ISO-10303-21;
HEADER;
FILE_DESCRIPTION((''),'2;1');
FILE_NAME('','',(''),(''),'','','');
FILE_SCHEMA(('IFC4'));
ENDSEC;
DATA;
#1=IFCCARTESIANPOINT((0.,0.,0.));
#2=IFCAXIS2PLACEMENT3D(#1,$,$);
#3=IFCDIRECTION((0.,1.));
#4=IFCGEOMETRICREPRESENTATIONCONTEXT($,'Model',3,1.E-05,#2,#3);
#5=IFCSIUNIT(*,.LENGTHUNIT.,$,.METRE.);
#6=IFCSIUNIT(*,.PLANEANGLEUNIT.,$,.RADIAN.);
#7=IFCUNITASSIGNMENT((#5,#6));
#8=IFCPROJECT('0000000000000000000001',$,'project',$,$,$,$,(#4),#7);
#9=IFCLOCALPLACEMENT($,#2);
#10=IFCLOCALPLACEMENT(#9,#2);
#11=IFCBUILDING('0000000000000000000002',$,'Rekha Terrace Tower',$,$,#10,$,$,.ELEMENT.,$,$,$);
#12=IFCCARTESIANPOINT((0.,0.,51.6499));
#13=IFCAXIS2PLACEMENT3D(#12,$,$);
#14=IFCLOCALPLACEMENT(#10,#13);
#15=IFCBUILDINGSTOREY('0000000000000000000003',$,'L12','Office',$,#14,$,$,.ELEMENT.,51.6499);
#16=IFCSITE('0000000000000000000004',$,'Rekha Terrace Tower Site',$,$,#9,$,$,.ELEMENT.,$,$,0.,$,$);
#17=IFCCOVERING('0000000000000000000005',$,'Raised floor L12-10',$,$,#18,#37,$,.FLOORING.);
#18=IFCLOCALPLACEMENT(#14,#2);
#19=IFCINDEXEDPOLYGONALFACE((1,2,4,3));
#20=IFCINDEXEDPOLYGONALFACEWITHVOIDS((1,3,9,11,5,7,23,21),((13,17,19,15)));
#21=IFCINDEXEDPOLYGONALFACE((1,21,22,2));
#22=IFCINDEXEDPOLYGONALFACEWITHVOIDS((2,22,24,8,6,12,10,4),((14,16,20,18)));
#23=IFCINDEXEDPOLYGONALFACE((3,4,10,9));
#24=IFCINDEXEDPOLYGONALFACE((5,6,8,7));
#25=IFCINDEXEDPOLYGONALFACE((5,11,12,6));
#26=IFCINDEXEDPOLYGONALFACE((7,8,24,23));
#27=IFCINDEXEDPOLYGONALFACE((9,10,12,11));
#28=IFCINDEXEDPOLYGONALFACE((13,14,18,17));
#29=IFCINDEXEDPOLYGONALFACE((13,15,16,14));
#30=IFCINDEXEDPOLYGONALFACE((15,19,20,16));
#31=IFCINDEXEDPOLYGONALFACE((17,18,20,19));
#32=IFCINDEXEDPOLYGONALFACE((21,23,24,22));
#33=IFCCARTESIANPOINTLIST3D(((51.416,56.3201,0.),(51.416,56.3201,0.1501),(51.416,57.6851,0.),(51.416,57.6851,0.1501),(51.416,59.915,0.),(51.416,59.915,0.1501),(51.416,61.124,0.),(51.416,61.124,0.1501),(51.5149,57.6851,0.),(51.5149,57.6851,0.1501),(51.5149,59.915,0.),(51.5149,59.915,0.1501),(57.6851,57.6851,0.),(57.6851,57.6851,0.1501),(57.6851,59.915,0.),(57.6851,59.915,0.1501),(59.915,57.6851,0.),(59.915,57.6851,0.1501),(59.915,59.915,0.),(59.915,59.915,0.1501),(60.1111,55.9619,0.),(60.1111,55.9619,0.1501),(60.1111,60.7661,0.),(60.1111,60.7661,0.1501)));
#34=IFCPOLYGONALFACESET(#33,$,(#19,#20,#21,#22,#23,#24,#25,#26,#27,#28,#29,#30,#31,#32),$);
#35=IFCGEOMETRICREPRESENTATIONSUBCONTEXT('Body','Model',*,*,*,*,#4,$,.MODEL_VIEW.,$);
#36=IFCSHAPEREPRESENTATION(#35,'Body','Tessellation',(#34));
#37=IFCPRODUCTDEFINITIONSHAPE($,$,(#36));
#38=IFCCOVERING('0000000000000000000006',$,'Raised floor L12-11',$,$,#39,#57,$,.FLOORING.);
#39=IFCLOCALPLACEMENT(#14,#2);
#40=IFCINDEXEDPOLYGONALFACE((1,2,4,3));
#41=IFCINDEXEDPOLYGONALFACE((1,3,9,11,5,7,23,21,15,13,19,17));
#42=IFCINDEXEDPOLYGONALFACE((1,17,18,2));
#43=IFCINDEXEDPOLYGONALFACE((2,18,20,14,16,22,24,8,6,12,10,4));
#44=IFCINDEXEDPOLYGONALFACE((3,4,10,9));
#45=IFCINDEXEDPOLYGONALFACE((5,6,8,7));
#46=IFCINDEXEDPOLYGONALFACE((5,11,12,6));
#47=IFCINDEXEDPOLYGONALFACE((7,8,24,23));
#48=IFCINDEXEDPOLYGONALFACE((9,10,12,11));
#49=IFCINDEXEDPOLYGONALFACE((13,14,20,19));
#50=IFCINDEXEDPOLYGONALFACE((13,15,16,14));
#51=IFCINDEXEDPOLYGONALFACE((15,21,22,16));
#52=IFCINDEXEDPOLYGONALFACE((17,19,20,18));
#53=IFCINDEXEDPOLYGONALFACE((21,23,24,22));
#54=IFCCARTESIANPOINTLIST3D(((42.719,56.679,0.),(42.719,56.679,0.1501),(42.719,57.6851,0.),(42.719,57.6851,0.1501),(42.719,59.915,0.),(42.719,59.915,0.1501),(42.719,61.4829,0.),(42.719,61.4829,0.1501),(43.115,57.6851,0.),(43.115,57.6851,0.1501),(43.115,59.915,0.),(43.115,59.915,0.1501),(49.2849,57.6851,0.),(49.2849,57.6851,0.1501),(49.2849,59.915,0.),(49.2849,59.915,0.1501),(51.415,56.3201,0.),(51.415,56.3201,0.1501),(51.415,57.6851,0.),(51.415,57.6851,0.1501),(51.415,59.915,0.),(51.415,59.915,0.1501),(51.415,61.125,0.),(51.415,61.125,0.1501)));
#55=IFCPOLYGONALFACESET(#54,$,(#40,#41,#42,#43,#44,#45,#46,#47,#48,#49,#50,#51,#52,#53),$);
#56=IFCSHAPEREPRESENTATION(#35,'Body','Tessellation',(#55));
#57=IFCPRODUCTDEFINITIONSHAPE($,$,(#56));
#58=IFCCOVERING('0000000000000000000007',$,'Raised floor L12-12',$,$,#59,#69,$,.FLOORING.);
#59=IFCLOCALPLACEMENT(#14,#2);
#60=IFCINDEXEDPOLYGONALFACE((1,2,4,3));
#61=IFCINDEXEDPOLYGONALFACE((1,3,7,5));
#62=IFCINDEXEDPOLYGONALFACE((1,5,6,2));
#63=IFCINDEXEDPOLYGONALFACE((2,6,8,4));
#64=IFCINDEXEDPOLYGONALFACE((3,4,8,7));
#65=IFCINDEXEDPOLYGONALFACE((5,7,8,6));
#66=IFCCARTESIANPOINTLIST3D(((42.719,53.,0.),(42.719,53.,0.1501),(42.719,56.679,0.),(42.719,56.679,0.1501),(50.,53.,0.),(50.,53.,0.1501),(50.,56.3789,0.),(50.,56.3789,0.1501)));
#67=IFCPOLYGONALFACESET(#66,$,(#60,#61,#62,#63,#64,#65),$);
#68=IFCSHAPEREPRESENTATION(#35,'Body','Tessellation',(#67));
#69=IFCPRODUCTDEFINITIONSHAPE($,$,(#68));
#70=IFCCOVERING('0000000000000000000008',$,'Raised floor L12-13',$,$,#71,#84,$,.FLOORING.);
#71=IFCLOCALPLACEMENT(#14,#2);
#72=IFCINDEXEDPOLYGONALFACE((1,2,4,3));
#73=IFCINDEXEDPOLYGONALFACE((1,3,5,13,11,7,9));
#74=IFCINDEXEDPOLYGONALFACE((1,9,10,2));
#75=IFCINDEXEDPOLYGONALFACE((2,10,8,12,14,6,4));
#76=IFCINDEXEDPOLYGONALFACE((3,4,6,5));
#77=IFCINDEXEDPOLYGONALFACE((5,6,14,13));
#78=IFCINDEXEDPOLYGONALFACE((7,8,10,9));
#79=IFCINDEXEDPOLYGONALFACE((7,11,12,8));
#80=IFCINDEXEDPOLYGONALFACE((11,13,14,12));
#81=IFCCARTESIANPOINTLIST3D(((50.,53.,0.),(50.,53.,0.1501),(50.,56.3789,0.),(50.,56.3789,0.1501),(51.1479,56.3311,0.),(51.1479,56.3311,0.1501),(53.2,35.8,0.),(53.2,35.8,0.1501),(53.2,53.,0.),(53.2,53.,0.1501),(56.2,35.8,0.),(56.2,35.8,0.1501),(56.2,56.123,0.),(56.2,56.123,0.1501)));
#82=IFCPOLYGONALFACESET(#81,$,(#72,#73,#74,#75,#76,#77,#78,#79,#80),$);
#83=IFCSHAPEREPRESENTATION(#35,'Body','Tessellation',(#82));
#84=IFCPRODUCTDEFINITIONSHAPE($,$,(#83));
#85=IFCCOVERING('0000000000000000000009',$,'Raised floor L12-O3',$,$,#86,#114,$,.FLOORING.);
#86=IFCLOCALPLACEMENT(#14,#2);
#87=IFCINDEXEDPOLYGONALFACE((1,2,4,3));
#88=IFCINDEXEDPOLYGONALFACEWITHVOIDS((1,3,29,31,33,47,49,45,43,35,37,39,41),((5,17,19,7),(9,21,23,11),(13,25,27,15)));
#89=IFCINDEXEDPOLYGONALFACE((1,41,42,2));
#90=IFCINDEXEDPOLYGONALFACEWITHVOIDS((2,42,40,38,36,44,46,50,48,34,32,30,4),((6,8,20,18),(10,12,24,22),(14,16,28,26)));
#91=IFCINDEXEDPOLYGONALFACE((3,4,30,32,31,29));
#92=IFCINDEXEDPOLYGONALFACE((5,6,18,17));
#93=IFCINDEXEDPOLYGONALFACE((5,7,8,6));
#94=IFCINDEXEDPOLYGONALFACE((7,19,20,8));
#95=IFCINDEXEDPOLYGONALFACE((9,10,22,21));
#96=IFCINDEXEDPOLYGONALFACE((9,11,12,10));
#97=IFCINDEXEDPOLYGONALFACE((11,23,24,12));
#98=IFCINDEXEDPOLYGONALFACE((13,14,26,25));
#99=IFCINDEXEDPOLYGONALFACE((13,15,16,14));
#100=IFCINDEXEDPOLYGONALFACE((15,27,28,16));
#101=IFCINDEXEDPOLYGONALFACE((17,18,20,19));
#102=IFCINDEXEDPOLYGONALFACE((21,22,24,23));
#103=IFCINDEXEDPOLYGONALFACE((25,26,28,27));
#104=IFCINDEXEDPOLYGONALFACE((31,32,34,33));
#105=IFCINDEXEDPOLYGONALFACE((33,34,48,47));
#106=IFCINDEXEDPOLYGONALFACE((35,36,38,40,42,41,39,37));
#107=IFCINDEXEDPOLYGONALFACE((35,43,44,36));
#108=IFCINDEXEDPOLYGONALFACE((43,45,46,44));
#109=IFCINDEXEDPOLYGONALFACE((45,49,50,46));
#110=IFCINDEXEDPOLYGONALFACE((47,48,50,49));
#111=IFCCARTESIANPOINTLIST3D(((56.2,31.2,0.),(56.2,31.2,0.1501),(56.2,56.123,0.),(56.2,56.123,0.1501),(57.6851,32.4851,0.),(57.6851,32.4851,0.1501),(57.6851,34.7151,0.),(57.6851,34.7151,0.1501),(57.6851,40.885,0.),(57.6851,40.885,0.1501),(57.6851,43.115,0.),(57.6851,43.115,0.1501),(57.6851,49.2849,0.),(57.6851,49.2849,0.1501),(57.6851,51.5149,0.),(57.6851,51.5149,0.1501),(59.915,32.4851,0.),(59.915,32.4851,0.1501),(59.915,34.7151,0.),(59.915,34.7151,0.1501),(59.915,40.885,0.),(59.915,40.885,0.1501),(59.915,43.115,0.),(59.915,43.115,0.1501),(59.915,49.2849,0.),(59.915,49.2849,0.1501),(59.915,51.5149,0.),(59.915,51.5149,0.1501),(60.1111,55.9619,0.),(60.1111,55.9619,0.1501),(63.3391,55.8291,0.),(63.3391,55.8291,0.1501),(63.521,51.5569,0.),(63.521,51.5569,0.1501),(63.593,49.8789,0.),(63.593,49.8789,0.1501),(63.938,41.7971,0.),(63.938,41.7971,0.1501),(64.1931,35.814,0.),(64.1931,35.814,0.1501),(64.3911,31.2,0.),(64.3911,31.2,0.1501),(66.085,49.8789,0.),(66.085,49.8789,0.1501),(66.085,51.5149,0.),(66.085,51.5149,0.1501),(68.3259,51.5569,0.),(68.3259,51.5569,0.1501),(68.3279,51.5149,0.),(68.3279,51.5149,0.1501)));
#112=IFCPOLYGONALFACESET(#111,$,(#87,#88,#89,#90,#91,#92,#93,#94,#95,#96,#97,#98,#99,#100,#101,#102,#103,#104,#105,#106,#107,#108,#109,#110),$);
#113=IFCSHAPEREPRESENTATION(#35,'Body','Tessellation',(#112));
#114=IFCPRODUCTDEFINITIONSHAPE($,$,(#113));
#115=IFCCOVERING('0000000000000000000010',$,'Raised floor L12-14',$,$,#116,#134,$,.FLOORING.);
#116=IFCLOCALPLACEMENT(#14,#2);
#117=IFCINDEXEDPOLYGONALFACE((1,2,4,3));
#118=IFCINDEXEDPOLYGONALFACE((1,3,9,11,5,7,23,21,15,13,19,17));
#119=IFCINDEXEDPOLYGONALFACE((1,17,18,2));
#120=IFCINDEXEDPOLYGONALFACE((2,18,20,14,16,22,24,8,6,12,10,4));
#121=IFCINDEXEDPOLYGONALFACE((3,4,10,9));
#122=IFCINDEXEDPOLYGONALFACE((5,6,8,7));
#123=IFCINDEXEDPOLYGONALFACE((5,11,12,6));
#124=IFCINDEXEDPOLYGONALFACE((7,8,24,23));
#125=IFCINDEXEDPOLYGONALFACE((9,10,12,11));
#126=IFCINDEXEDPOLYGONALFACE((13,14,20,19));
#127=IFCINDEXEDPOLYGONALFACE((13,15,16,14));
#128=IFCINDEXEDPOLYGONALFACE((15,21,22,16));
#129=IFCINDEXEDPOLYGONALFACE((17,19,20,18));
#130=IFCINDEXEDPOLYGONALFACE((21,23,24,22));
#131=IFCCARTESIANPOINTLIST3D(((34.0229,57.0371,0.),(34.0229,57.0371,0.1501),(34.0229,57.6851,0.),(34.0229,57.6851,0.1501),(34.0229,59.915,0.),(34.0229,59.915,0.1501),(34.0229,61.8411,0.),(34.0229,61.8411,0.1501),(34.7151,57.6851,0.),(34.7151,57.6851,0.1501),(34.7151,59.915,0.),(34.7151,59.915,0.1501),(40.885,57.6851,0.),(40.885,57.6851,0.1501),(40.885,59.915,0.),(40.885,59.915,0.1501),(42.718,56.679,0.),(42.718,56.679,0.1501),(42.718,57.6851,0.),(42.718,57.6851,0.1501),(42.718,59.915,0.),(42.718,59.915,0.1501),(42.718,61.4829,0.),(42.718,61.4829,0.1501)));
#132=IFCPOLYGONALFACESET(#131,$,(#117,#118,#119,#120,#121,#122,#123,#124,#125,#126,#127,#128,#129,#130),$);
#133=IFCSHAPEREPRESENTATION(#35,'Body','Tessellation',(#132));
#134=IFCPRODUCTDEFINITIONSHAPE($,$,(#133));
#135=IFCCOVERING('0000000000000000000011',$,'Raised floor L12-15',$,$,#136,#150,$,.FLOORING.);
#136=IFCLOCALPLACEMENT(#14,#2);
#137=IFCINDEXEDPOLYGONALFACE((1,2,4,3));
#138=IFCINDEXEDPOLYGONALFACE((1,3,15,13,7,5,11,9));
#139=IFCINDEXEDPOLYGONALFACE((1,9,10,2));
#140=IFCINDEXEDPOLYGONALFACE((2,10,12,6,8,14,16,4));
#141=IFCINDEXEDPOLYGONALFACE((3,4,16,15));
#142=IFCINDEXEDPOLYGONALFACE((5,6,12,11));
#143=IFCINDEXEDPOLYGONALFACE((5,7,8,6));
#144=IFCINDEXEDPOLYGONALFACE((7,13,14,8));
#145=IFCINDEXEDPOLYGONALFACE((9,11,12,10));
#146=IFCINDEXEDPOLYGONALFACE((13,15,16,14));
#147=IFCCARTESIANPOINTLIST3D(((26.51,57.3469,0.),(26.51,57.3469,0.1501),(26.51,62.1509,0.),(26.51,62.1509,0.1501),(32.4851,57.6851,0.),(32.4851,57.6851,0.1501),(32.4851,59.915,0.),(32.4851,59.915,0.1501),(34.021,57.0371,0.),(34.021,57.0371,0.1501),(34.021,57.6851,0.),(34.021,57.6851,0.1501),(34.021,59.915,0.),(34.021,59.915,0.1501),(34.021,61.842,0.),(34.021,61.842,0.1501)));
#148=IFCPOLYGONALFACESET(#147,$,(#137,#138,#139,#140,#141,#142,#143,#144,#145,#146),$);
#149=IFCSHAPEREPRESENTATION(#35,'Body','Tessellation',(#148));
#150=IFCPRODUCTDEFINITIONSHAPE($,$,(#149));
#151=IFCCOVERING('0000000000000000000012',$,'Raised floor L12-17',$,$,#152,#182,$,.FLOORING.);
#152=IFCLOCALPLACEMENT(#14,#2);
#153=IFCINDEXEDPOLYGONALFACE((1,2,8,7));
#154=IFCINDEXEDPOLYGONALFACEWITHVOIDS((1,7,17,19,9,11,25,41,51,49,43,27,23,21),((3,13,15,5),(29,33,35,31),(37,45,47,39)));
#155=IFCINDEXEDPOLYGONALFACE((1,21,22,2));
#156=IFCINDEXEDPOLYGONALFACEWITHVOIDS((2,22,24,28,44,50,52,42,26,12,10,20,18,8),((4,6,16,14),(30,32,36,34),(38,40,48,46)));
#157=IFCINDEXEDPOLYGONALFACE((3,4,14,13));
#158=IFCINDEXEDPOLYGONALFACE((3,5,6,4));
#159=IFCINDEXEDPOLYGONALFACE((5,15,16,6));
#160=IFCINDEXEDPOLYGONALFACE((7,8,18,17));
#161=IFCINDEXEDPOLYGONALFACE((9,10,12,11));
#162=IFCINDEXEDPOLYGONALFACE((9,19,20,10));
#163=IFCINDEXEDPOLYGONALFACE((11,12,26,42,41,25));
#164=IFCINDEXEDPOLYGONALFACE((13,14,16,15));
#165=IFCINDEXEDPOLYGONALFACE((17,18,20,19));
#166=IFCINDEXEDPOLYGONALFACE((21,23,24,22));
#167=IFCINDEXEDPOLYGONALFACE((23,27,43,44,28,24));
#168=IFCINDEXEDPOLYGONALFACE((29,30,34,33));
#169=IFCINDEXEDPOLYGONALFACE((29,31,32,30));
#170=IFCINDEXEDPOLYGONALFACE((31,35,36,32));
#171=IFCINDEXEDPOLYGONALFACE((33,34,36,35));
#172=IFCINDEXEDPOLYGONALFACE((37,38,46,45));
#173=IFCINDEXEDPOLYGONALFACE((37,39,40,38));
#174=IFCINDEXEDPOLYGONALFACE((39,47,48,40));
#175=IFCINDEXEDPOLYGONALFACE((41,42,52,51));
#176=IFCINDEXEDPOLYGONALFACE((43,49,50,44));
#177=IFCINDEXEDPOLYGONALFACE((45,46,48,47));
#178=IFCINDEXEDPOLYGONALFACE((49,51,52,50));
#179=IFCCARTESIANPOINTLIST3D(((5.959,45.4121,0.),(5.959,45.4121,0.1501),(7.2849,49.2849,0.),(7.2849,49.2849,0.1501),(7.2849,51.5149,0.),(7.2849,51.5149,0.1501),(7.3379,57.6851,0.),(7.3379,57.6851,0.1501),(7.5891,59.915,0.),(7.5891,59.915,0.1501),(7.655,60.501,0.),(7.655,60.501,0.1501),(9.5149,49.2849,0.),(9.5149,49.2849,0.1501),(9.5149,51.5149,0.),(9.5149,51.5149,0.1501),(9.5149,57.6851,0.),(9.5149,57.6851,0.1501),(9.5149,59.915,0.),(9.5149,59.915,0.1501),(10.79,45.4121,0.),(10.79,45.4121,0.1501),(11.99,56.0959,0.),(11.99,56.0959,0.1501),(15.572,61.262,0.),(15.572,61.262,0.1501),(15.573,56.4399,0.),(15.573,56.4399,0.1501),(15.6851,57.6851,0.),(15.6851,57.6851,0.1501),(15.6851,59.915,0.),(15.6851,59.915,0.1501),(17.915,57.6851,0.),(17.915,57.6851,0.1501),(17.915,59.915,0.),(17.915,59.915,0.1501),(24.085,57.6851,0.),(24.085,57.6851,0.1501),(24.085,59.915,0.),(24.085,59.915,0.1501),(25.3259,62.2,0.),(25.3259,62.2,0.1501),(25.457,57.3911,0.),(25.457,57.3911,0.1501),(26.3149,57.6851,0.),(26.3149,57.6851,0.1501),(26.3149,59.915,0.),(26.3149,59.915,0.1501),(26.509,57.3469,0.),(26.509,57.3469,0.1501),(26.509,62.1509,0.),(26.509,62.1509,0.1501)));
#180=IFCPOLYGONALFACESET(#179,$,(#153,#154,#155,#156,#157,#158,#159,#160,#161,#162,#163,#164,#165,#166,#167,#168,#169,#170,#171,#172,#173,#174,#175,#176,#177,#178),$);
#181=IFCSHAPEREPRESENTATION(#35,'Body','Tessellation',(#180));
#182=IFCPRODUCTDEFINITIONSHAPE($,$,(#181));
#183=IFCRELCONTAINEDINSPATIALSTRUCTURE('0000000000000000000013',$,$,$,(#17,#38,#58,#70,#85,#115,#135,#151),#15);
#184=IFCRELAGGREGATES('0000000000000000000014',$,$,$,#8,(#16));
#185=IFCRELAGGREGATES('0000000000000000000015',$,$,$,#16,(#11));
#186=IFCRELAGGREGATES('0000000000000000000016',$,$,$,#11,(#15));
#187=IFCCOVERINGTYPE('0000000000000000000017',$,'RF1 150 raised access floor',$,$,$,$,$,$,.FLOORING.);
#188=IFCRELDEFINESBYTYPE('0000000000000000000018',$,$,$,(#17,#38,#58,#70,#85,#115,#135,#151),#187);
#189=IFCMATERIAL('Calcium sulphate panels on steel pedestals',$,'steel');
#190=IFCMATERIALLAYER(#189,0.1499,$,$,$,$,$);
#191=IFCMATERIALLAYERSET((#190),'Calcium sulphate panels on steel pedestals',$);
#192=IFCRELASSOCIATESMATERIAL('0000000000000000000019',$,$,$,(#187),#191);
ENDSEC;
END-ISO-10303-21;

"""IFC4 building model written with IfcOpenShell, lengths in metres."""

from ifc_helpers import new_model, si_unit, direction, frame, origin, place, context, subcontext, project, spatial, polyline, outline, extrude, material, layer, layer_set, type_object, element, save


model = new_model("IFC4")

# Units and contexts
model_context = context("Model", 3, precision=1e-05, world=origin(), true_north=direction((0.0, 1.0)))
body_context = subcontext(model_context, "Body", "Model", "MODEL_VIEW")
ifc_project = project(units=[si_unit("LENGTHUNIT", "METRE"), si_unit("PLANEANGLEUNIT", "RADIAN")], contexts=[model_context])

# Site, building, storey
site_placement = place(None, origin())
site = spatial("IfcSite", under=ifc_project, at=site_placement, Name="Rekha Terrace Tower Site", CompositionType="ELEMENT", RefElevation=0.0)
building_placement = place(site_placement, origin())
building = spatial("IfcBuilding", under=site, at=building_placement, Name="Rekha Terrace Tower", CompositionType="ELEMENT")
storey_placement = place(building_placement, frame((0.0, 0.0, 51.6499)))
storey = spatial("IfcBuildingStorey", under=building, at=storey_placement, Name="L12", Description="Office", CompositionType="ELEMENT", Elevation=51.6499)

# Coverings
ifc_material_1 = material(Name="Calcium sulphate panels on steel pedestals", Category="steel")
ifc_layer_1 = layer(ifc_material_1, 0.1499)
ifc_layer_set_1 = layer_set([ifc_layer_1], Name="Calcium sulphate panels on steel pedestals")
covering_type_1 = type_object("IfcCoveringType", Name="RF1 150 raised access floor", PredefinedType="FLOORING", material=ifc_layer_set_1)
covering_1_placement = place(storey_placement, origin())
element("IfcCovering", 1, at=covering_1_placement, inside=storey, type_object=covering_type_1, Name="Raised floor L12-10", PredefinedType="FLOORING", context=body_context, shape_type="SweptSolid", body=[
    extrude(outline(polyline([(60.1111, 55.9619), (60.1111, 60.7661), (51.416, 61.124), (51.416, 59.915), (51.5149, 59.915), (51.5149, 57.6851), (51.416, 57.6851), (51.416, 56.3201), (60.1111, 55.9619)]), holes=[polyline([(59.915, 57.6851), (57.6851, 57.6851), (57.6851, 59.915), (59.915, 59.915), (59.915, 57.6851)])]), origin(), (0.0, 0.0, 1.0), 0.1501),
])
covering_2_placement = place(storey_placement, origin())
element("IfcCovering", 2, at=covering_2_placement, inside=storey, type_object=covering_type_1, Name="Raised floor L12-11", PredefinedType="FLOORING", context=body_context, shape_type="SweptSolid", body=[
    extrude(outline(polyline([(51.415, 59.915), (51.415, 61.125), (42.719, 61.4829), (42.719, 59.915), (43.115, 59.915), (43.115, 57.6851), (42.719, 57.6851), (42.719, 56.679), (51.415, 56.3201), (51.415, 57.6851), (49.2849, 57.6851), (49.2849, 59.915), (51.415, 59.915)])), origin(), (0.0, 0.0, 1.0), 0.1501),
])
covering_3_placement = place(storey_placement, origin())
element("IfcCovering", 3, at=covering_3_placement, inside=storey, type_object=covering_type_1, Name="Raised floor L12-12", PredefinedType="FLOORING", context=body_context, shape_type="SweptSolid", body=[
    extrude(outline(polyline([(50.0, 53.0), (50.0, 56.3789), (42.719, 56.679), (42.719, 53.0), (50.0, 53.0)])), origin(), (0.0, 0.0, 1.0), 0.1501),
])
covering_4_placement = place(storey_placement, origin())
element("IfcCovering", 4, at=covering_4_placement, inside=storey, type_object=covering_type_1, Name="Raised floor L12-13", PredefinedType="FLOORING", context=body_context, shape_type="SweptSolid", body=[
    extrude(outline(polyline([(53.2, 35.8), (56.2, 35.8), (56.2, 56.123), (51.1479, 56.3311), (50.0, 56.3789), (50.0, 53.0), (53.2, 53.0), (53.2, 35.8)])), origin(), (0.0, 0.0, 1.0), 0.1501),
])
covering_5_placement = place(storey_placement, origin())
element("IfcCovering", 5, at=covering_5_placement, inside=storey, type_object=covering_type_1, Name="Raised floor L12-O3", PredefinedType="FLOORING", context=body_context, shape_type="SweptSolid", body=[
    extrude(outline(polyline([(63.3391, 55.8291), (60.1111, 55.9619), (56.2, 56.123), (56.2, 31.2), (64.3911, 31.2), (64.1931, 35.814), (63.938, 41.7971), (63.593, 49.8789), (66.085, 49.8789), (66.085, 51.5149), (68.3279, 51.5149), (68.3259, 51.5569), (63.521, 51.5569), (63.3391, 55.8291)]), holes=[polyline([(59.915, 32.4851), (57.6851, 32.4851), (57.6851, 34.7151), (59.915, 34.7151), (59.915, 32.4851)]), polyline([(59.915, 40.885), (57.6851, 40.885), (57.6851, 43.115), (59.915, 43.115), (59.915, 40.885)]), polyline([(59.915, 49.2849), (57.6851, 49.2849), (57.6851, 51.5149), (59.915, 51.5149), (59.915, 49.2849)])]), origin(), (0.0, 0.0, 1.0), 0.1501),
])
covering_6_placement = place(storey_placement, origin())
element("IfcCovering", 6, at=covering_6_placement, inside=storey, type_object=covering_type_1, Name="Raised floor L12-14", PredefinedType="FLOORING", context=body_context, shape_type="SweptSolid", body=[
    extrude(outline(polyline([(34.7151, 57.6851), (34.0229, 57.6851), (34.0229, 57.0371), (42.718, 56.679), (42.718, 57.6851), (40.885, 57.6851), (40.885, 59.915), (42.718, 59.915), (42.718, 61.4829), (34.0229, 61.8411), (34.0229, 59.915), (34.7151, 59.915), (34.7151, 57.6851)])), origin(), (0.0, 0.0, 1.0), 0.1501),
])
covering_7_placement = place(storey_placement, origin())
element("IfcCovering", 7, at=covering_7_placement, inside=storey, type_object=covering_type_1, Name="Raised floor L12-15", PredefinedType="FLOORING", context=body_context, shape_type="SweptSolid", body=[
    extrude(outline(polyline([(34.021, 59.915), (34.021, 61.842), (26.51, 62.1509), (26.51, 57.3469), (34.021, 57.0371), (34.021, 57.6851), (32.4851, 57.6851), (32.4851, 59.915), (34.021, 59.915)])), origin(), (0.0, 0.0, 1.0), 0.1501),
])
covering_8_placement = place(storey_placement, origin())
element("IfcCovering", 8, at=covering_8_placement, inside=storey, type_object=covering_type_1, Name="Raised floor L12-17", PredefinedType="FLOORING", context=body_context, shape_type="SweptSolid", body=[
    extrude(outline(polyline([(25.3259, 62.2), (15.572, 61.262), (7.655, 60.501), (7.5891, 59.915), (9.5149, 59.915), (9.5149, 57.6851), (7.3379, 57.6851), (5.959, 45.4121), (10.79, 45.4121), (11.99, 56.0959), (15.573, 56.4399), (25.457, 57.3911), (26.509, 57.3469), (26.509, 62.1509), (25.3259, 62.2)]), holes=[polyline([(26.3149, 57.6851), (24.085, 57.6851), (24.085, 59.915), (26.3149, 59.915), (26.3149, 57.6851)]), polyline([(17.915, 57.6851), (15.6851, 57.6851), (15.6851, 59.915), (17.915, 59.915), (17.915, 57.6851)]), polyline([(9.5149, 51.5149), (9.5149, 49.2849), (7.2849, 49.2849), (7.2849, 51.5149), (9.5149, 51.5149)])]), origin(), (0.0, 0.0, 1.0), 0.1501),
])

save(model, "model.ifc")
